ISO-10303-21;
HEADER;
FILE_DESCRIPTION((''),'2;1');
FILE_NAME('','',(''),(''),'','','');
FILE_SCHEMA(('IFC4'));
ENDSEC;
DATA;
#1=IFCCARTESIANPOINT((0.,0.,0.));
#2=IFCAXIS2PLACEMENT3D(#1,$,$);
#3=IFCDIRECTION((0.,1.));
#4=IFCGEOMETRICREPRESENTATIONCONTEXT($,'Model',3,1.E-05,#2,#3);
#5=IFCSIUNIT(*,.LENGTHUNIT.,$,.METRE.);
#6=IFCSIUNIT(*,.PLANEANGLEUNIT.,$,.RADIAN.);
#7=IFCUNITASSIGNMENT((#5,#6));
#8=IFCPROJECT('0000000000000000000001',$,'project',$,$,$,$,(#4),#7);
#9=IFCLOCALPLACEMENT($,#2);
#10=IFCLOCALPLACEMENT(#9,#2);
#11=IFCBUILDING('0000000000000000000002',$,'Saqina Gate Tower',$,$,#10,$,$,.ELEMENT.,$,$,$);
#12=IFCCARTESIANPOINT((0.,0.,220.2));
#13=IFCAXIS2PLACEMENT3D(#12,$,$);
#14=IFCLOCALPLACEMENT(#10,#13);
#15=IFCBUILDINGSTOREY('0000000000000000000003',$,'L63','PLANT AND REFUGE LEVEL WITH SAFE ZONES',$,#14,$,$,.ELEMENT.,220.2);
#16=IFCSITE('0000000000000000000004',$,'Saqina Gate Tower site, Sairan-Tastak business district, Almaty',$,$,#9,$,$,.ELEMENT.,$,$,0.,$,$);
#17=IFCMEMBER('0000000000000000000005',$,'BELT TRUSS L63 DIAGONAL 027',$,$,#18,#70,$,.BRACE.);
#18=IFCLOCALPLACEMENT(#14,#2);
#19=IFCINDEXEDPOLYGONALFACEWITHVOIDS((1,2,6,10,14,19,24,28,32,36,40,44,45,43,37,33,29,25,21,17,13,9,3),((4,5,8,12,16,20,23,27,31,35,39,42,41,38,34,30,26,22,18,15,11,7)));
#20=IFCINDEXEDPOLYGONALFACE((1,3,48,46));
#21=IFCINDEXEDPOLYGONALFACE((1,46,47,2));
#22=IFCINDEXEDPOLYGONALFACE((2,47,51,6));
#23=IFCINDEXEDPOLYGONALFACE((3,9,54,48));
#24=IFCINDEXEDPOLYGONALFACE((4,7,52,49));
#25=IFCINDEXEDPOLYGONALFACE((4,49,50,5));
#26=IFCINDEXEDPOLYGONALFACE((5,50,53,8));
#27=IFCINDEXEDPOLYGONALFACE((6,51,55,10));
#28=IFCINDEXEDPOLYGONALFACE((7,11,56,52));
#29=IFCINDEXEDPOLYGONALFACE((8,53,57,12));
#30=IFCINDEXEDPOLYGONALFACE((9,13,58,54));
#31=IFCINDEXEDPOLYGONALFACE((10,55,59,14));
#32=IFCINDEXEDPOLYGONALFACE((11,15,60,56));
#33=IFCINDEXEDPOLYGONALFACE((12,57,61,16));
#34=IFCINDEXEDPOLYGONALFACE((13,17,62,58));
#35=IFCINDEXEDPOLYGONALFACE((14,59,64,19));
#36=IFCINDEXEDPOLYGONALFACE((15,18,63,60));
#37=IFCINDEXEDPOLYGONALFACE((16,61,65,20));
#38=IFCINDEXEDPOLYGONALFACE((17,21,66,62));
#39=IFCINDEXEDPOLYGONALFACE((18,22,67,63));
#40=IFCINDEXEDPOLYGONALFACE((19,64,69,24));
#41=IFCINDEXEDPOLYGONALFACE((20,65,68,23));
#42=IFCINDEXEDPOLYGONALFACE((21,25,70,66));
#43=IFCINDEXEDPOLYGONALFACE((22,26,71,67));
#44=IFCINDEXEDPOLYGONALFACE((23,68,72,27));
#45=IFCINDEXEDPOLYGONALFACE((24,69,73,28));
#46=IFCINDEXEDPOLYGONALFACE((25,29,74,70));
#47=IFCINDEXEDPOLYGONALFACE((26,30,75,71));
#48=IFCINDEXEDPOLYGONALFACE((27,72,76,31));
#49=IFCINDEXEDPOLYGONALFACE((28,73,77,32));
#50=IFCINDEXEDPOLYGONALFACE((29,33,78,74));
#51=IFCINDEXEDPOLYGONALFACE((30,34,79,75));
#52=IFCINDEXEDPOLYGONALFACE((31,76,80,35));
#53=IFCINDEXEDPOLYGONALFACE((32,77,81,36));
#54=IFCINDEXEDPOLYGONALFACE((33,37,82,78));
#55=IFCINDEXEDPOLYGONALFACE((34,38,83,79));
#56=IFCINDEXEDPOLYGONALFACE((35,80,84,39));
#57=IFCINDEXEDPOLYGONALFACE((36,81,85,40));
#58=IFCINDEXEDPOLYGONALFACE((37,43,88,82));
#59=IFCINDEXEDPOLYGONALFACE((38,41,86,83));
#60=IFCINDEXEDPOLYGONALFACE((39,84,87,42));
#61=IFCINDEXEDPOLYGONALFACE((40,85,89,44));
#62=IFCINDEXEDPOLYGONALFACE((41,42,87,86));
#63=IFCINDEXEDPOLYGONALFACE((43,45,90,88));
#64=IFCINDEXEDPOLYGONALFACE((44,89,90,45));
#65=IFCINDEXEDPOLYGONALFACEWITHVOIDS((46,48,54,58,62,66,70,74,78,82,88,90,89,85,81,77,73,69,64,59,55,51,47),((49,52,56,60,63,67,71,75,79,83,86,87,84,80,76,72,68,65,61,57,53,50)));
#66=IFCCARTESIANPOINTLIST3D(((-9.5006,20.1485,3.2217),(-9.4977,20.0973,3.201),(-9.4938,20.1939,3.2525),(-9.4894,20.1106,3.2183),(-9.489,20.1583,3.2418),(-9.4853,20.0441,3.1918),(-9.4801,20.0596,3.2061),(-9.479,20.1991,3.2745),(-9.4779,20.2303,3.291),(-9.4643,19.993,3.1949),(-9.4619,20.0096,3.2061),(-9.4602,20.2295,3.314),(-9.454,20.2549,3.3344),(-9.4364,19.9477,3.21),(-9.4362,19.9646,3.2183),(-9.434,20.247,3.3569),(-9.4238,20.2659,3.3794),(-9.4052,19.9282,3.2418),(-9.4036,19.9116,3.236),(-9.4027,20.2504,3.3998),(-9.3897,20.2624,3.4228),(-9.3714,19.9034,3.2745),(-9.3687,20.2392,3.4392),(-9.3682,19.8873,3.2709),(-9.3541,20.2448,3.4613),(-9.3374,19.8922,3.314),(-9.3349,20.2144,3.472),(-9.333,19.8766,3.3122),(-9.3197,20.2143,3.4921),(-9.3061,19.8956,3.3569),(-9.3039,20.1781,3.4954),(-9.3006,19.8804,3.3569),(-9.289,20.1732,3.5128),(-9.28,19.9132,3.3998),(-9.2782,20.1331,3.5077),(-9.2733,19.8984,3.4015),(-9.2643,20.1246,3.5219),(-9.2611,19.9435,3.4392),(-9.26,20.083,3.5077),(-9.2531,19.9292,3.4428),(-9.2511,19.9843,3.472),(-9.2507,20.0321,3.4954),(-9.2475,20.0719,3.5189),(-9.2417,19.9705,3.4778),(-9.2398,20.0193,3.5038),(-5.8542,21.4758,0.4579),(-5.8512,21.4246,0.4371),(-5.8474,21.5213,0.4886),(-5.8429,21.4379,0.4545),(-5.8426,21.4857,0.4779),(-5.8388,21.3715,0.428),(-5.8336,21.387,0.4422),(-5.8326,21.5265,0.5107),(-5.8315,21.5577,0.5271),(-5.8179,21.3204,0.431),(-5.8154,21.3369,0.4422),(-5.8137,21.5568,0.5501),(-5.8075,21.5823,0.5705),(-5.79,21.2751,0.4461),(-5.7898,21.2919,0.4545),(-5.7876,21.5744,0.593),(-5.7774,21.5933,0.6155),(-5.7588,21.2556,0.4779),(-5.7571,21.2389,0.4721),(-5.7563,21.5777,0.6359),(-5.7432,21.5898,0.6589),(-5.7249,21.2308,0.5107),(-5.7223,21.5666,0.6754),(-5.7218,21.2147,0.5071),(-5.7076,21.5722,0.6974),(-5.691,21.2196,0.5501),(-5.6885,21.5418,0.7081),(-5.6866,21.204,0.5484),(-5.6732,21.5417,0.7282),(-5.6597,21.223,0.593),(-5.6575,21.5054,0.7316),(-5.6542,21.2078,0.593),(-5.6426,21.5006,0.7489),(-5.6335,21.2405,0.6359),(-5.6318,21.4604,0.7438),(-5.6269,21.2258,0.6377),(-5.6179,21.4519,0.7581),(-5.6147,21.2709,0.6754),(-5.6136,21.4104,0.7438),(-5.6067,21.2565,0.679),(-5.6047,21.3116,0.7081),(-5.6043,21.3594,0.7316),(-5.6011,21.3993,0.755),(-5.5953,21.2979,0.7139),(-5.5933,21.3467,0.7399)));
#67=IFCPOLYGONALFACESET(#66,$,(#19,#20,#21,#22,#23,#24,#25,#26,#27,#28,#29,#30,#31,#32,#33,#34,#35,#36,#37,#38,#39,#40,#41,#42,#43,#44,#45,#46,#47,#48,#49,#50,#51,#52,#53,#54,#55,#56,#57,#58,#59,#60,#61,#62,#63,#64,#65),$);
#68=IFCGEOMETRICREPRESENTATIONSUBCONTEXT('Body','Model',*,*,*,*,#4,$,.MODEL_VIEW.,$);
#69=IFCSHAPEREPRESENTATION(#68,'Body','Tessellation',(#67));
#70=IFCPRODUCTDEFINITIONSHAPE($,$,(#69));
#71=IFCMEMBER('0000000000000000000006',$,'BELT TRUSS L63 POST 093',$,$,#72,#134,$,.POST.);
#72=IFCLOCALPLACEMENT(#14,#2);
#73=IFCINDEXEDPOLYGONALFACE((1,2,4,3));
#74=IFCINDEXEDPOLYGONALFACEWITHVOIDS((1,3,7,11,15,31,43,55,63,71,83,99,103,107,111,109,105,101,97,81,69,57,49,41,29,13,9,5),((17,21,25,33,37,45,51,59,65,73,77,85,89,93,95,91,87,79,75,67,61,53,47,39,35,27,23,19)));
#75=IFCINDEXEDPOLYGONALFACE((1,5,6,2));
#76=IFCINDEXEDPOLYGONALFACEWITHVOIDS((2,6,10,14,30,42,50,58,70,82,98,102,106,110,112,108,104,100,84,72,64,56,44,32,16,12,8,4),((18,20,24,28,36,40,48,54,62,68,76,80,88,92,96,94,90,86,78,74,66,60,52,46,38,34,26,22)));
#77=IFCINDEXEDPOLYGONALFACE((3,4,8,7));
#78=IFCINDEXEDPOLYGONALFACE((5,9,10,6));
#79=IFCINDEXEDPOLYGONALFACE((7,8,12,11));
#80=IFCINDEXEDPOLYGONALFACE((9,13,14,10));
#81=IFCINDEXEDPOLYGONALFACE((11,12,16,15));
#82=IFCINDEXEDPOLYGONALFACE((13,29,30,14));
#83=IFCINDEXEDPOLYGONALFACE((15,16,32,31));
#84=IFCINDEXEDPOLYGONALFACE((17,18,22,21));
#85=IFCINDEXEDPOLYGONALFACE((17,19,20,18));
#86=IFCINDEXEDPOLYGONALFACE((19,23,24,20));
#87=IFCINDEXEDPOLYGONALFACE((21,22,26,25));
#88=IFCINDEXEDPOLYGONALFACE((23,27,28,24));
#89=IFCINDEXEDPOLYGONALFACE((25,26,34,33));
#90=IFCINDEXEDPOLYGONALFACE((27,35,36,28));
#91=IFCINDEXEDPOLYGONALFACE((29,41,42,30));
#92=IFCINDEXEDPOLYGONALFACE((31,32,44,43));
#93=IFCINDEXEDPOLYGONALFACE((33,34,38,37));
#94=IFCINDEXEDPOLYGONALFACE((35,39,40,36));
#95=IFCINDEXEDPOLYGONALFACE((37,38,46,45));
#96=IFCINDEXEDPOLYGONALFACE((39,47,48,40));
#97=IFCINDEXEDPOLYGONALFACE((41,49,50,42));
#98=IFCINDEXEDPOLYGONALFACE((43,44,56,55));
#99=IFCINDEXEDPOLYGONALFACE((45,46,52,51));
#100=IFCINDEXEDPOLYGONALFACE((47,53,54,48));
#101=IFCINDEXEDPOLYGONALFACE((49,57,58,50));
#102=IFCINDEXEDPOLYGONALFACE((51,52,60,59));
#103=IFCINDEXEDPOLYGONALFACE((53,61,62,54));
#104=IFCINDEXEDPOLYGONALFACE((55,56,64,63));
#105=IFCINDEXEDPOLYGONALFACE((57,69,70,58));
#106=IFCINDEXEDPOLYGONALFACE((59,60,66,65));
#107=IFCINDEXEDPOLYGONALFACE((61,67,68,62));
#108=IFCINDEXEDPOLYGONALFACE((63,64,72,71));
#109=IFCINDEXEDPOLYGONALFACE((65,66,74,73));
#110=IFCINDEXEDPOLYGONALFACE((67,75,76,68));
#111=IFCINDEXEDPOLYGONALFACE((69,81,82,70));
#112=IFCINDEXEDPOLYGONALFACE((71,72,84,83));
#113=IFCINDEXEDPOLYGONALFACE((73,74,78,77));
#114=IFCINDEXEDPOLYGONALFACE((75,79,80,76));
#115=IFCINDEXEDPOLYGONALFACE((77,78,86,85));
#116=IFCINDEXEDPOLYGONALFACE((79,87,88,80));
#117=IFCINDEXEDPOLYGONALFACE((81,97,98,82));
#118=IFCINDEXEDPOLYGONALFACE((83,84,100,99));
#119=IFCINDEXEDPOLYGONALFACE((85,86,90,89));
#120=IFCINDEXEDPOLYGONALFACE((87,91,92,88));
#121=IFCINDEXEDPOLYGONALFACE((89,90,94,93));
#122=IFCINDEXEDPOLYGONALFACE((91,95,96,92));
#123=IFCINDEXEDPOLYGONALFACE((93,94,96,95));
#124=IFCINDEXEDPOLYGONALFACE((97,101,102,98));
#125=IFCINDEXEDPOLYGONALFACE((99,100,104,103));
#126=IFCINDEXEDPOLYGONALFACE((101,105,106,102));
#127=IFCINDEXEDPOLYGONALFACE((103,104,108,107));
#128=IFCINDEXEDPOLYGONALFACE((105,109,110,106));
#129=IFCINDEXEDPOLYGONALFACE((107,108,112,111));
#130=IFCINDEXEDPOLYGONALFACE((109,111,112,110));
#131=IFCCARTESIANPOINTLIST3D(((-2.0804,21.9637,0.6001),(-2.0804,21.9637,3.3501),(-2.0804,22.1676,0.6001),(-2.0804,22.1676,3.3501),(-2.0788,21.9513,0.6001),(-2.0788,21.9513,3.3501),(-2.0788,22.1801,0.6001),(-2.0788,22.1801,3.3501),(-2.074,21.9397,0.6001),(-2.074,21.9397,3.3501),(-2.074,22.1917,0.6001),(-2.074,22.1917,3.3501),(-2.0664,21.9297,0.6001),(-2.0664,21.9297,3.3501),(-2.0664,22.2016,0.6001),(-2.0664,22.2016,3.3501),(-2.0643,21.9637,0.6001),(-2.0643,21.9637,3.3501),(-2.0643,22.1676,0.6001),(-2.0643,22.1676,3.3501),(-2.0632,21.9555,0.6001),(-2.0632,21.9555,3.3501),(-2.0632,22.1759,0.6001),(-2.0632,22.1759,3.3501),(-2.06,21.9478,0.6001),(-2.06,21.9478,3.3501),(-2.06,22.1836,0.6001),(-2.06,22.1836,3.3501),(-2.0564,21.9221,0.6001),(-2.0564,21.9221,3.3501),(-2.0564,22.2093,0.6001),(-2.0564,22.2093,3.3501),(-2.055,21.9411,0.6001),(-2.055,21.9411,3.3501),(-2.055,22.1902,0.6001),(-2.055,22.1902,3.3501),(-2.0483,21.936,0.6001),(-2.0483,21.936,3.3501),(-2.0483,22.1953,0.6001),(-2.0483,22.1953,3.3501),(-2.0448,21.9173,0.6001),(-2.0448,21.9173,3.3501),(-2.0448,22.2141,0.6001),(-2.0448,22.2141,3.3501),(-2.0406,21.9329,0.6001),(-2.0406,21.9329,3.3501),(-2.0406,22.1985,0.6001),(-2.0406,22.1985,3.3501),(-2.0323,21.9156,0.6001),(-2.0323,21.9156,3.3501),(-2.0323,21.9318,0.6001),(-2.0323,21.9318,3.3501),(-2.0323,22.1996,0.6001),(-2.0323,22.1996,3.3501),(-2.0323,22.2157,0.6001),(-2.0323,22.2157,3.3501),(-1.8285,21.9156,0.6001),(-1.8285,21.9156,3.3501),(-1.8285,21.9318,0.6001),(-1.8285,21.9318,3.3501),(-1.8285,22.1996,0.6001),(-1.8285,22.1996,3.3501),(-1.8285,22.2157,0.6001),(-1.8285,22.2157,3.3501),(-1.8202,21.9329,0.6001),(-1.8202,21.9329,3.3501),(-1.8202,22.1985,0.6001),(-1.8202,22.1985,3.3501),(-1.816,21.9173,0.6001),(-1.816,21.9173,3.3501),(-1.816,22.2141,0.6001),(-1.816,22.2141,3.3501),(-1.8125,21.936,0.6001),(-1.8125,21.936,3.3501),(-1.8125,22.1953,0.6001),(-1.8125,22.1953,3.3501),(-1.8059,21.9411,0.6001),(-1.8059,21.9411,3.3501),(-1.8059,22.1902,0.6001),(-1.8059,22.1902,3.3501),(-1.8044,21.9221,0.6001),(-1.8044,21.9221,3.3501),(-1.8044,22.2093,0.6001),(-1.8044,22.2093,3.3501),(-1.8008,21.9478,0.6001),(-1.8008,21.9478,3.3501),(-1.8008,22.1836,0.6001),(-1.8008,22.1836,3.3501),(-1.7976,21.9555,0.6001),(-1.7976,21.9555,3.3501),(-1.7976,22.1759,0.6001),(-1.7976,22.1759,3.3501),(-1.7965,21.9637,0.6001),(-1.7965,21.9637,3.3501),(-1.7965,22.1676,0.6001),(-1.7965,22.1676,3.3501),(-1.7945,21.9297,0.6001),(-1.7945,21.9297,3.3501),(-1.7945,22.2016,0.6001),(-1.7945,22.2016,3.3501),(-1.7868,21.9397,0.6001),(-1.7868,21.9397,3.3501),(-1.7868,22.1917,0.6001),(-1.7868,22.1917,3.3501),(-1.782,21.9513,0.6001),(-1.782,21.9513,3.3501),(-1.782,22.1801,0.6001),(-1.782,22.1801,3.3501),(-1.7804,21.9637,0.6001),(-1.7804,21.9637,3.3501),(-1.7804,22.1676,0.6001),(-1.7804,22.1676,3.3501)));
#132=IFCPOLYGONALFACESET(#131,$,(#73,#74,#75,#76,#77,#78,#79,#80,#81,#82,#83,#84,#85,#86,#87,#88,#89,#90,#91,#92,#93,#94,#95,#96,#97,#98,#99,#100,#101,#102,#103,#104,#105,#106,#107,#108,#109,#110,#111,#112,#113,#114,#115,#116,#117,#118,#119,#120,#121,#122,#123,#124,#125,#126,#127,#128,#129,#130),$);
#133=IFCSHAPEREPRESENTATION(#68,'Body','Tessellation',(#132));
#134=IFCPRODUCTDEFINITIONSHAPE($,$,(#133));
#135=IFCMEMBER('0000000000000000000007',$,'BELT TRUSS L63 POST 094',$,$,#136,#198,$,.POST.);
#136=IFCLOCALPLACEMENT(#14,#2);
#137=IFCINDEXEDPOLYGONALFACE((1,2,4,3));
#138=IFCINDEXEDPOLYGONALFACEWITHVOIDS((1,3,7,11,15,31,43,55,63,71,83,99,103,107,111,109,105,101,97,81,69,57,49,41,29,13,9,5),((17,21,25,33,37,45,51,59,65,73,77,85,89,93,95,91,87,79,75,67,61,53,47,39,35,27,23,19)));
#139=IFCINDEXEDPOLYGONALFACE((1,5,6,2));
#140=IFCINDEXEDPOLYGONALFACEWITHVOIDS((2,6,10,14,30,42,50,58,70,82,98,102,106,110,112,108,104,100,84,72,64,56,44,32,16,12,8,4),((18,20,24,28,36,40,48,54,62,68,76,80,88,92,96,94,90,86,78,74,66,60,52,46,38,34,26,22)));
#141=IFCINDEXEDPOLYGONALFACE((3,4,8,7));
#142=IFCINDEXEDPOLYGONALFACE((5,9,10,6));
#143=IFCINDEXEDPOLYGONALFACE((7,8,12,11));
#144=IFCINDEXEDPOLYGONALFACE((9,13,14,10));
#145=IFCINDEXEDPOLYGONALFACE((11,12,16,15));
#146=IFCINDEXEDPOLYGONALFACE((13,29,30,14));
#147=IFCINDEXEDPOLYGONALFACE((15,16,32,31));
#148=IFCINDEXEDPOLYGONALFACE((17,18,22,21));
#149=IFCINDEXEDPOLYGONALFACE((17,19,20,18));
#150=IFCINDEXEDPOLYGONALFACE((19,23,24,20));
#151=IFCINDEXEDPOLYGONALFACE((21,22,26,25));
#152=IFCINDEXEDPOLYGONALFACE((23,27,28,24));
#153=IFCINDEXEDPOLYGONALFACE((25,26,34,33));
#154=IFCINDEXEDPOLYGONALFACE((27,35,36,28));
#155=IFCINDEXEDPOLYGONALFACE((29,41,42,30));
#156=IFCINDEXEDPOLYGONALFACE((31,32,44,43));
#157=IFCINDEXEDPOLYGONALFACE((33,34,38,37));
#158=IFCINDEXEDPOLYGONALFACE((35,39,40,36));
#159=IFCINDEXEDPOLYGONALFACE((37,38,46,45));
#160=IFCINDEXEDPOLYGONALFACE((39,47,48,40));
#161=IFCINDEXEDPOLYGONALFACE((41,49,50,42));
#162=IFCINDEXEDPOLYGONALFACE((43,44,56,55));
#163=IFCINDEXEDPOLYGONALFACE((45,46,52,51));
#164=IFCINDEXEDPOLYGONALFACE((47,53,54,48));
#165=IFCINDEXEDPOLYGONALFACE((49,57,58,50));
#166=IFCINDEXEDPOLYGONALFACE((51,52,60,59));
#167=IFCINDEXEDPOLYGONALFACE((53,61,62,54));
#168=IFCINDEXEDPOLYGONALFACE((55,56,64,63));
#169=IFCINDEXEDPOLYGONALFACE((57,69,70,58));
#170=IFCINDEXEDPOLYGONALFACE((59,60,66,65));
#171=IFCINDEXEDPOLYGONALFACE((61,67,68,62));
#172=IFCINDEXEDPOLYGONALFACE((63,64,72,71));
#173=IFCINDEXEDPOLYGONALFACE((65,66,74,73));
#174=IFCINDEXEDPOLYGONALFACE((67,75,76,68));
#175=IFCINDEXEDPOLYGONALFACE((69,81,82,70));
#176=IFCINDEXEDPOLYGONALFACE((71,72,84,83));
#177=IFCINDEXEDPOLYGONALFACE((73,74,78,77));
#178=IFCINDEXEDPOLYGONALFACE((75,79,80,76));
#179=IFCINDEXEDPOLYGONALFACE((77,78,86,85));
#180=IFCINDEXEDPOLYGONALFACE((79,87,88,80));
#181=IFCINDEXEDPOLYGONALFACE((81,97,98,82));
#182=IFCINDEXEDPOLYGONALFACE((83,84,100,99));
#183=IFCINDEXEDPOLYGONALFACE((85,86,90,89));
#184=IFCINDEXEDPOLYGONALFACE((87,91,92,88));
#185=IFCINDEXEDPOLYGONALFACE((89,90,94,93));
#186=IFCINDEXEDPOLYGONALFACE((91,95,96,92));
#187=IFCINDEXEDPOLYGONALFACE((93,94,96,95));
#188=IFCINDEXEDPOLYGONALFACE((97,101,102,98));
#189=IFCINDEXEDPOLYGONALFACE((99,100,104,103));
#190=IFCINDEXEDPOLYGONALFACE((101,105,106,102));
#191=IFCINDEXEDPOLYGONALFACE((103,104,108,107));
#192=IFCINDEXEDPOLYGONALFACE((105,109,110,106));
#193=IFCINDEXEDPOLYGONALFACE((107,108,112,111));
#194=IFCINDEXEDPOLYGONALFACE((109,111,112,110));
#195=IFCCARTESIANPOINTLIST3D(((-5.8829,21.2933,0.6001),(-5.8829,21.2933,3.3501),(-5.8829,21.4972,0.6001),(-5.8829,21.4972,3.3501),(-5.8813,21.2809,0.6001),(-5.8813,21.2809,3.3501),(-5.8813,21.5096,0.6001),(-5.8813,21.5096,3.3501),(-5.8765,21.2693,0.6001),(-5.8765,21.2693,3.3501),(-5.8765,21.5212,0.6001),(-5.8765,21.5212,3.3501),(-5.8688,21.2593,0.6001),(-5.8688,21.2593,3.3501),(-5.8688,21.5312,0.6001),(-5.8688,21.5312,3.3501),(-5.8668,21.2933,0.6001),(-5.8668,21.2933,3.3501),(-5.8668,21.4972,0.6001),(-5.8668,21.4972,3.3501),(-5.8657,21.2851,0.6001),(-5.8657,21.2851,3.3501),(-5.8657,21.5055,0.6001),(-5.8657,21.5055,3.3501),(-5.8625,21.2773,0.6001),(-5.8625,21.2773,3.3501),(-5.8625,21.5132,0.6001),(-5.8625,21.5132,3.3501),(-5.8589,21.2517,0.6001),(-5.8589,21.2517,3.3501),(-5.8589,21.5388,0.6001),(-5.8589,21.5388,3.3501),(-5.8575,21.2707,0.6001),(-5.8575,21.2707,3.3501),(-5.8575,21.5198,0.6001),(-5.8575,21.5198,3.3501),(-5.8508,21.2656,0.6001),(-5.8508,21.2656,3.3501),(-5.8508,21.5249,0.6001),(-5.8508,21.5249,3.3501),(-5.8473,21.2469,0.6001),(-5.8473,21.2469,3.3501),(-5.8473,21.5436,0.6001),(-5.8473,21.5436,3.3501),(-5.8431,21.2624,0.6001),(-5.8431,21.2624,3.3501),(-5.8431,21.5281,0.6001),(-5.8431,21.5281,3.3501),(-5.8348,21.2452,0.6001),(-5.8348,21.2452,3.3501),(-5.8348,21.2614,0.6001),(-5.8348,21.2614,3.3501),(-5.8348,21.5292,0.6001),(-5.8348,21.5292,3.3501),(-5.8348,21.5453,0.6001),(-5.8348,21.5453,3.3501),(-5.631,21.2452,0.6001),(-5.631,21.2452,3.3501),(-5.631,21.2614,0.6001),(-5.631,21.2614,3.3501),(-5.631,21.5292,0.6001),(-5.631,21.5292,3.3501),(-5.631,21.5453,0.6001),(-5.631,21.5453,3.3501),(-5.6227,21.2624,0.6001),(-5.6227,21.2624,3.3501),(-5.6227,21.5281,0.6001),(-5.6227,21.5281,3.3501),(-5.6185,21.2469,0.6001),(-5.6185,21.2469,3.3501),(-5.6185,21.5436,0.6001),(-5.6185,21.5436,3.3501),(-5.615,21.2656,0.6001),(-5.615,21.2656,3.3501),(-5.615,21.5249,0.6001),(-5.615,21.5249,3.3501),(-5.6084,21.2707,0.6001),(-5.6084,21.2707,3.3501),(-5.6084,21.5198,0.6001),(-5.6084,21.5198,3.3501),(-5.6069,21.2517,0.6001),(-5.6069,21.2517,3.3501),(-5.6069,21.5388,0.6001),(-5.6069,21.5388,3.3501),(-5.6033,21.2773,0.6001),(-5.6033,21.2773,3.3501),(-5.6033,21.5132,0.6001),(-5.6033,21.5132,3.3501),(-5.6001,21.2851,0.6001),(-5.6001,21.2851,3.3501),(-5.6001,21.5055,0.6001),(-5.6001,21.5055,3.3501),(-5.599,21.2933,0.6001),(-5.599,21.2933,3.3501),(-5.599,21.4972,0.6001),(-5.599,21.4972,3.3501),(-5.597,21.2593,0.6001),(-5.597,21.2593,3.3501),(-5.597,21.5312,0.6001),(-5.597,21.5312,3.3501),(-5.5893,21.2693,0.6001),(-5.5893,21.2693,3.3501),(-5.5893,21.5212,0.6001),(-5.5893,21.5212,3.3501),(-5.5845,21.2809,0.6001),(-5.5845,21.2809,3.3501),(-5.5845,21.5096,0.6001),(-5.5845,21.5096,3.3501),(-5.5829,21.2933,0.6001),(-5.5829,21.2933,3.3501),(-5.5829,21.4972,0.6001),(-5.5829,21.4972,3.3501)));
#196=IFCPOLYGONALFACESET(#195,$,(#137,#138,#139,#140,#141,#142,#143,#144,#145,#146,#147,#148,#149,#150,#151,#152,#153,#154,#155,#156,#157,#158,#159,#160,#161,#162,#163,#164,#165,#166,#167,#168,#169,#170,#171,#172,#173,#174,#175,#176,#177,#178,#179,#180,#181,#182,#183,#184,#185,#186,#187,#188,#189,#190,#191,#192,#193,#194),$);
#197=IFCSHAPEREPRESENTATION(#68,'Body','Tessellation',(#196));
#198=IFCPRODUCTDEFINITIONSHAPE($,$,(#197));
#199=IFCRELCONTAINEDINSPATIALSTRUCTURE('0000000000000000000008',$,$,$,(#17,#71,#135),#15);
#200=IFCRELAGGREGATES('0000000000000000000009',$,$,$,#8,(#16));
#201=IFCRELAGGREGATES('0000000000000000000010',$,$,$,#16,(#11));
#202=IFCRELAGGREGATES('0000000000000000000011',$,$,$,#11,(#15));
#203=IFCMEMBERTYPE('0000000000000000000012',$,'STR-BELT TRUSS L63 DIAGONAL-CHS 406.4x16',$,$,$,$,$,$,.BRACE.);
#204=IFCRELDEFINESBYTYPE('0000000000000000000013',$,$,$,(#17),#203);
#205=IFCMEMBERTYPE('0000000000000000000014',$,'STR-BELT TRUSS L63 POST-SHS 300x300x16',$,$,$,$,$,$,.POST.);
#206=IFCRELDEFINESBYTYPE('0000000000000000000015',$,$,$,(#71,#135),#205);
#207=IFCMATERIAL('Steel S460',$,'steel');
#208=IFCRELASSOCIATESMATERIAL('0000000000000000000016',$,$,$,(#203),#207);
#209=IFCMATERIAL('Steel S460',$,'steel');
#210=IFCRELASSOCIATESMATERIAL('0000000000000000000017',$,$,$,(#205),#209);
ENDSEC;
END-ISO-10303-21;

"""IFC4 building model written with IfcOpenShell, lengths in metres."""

from ifc_helpers import new_model, si_unit, direction, frame, origin, origin_2d, place, context, subcontext, project, spatial, hollow_rectangle, hollow_circle, extrude, material, material_profile, profile_set, type_object, element, save


model = new_model("IFC4")

# Units and contexts
model_context = context("Model", 3, precision=1e-05, world=origin(), true_north=direction((0.0, 1.0)))
body_context = subcontext(model_context, "Body", "Model", "MODEL_VIEW")
ifc_project = project(units=[si_unit("LENGTHUNIT", "METRE"), si_unit("PLANEANGLEUNIT", "RADIAN")], contexts=[model_context])

# Site, building, storey
site_placement = place(None, origin())
site = spatial("IfcSite", under=ifc_project, at=site_placement, Name="Saqina Gate Tower site, Sairan-Tastak business district, Almaty", CompositionType="ELEMENT", RefElevation=0.0)
building_placement = place(site_placement, origin())
building = spatial("IfcBuilding", under=site, at=building_placement, Name="Saqina Gate Tower", CompositionType="ELEMENT")
storey_placement = place(building_placement, frame((0.0, 0.0, 220.2)))
storey = spatial("IfcBuildingStorey", under=building, at=storey_placement, Name="L63", Description="PLANT AND REFUGE LEVEL WITH SAFE ZONES", CompositionType="ELEMENT", Elevation=220.2)

# Members
ifc_material_1 = material(Name="Steel S460", Category="steel")
ifc_material_profile_1 = material_profile(ifc_material_1, hollow_circle(Radius=0.2031, WallThickness=0.0161, at=origin_2d()), Name="CHS 406.4x16")
ifc_profile_set_1 = profile_set([ifc_material_profile_1], Name="Steel S460")
member_type_1 = type_object("IfcMemberType", Name="STR-BELT TRUSS L63 DIAGONAL-CHS 406.4x16", PredefinedType="BRACE", material=ifc_profile_set_1)
for number, where, z_axis, x_axis, name in (
    (1, (-5.7236, 21.3987, 0.593), (-0.765385, -0.278615, 0.580137), (0.342061, -0.939678, 0.0), "BELT TRUSS L63 DIAGONAL 027"),
):
    element("IfcMember", number, at=place(storey_placement, frame(where, z_axis=z_axis, x_axis=x_axis)), inside=storey, type_object=member_type_1, Name=name, PredefinedType="BRACE", context=body_context, shape_type="SweptSolid", body=[
        extrude(hollow_circle(Radius=0.2031, WallThickness=0.0161, at=origin_2d()), origin(), (0.0, 0.0, 1.0), 4.7642),
    ])
ifc_material_2 = material(Name="Steel S460", Category="steel")
ifc_material_profile_2 = material_profile(ifc_material_2, hollow_rectangle(XDim=0.3, YDim=0.3, WallThickness=0.0161, InnerFilletRadius=0.032, OuterFilletRadius=0.0481, at=origin_2d()), Name="SHS 300x300x16")
ifc_profile_set_2 = profile_set([ifc_material_profile_2], Name="Steel S460")
member_type_2 = type_object("IfcMemberType", Name="STR-BELT TRUSS L63 POST-SHS 300x300x16", PredefinedType="POST", material=ifc_profile_set_2)
for number, where, z_axis, x_axis, name in (
    (2, (-1.9304, 22.0657, 0.6001), (0.0, 0.0, 1.0), (1.0, 0.0, 0.0), "BELT TRUSS L63 POST 093"),
    (3, (-5.7329, 21.3953, 0.6001), (0.0, 0.0, 1.0), (1.0, 0.0, 0.0), "BELT TRUSS L63 POST 094"),
):
    element("IfcMember", number, at=place(storey_placement, frame(where, z_axis=z_axis, x_axis=x_axis)), inside=storey, type_object=member_type_2, Name=name, PredefinedType="POST", context=body_context, shape_type="SweptSolid", body=[
        extrude(hollow_rectangle(XDim=0.3, YDim=0.3, WallThickness=0.0161, InnerFilletRadius=0.032, OuterFilletRadius=0.0481, at=origin_2d()), origin(), (0.0, 0.0, 1.0), 2.75),
    ])

save(model, "model.ifc")
